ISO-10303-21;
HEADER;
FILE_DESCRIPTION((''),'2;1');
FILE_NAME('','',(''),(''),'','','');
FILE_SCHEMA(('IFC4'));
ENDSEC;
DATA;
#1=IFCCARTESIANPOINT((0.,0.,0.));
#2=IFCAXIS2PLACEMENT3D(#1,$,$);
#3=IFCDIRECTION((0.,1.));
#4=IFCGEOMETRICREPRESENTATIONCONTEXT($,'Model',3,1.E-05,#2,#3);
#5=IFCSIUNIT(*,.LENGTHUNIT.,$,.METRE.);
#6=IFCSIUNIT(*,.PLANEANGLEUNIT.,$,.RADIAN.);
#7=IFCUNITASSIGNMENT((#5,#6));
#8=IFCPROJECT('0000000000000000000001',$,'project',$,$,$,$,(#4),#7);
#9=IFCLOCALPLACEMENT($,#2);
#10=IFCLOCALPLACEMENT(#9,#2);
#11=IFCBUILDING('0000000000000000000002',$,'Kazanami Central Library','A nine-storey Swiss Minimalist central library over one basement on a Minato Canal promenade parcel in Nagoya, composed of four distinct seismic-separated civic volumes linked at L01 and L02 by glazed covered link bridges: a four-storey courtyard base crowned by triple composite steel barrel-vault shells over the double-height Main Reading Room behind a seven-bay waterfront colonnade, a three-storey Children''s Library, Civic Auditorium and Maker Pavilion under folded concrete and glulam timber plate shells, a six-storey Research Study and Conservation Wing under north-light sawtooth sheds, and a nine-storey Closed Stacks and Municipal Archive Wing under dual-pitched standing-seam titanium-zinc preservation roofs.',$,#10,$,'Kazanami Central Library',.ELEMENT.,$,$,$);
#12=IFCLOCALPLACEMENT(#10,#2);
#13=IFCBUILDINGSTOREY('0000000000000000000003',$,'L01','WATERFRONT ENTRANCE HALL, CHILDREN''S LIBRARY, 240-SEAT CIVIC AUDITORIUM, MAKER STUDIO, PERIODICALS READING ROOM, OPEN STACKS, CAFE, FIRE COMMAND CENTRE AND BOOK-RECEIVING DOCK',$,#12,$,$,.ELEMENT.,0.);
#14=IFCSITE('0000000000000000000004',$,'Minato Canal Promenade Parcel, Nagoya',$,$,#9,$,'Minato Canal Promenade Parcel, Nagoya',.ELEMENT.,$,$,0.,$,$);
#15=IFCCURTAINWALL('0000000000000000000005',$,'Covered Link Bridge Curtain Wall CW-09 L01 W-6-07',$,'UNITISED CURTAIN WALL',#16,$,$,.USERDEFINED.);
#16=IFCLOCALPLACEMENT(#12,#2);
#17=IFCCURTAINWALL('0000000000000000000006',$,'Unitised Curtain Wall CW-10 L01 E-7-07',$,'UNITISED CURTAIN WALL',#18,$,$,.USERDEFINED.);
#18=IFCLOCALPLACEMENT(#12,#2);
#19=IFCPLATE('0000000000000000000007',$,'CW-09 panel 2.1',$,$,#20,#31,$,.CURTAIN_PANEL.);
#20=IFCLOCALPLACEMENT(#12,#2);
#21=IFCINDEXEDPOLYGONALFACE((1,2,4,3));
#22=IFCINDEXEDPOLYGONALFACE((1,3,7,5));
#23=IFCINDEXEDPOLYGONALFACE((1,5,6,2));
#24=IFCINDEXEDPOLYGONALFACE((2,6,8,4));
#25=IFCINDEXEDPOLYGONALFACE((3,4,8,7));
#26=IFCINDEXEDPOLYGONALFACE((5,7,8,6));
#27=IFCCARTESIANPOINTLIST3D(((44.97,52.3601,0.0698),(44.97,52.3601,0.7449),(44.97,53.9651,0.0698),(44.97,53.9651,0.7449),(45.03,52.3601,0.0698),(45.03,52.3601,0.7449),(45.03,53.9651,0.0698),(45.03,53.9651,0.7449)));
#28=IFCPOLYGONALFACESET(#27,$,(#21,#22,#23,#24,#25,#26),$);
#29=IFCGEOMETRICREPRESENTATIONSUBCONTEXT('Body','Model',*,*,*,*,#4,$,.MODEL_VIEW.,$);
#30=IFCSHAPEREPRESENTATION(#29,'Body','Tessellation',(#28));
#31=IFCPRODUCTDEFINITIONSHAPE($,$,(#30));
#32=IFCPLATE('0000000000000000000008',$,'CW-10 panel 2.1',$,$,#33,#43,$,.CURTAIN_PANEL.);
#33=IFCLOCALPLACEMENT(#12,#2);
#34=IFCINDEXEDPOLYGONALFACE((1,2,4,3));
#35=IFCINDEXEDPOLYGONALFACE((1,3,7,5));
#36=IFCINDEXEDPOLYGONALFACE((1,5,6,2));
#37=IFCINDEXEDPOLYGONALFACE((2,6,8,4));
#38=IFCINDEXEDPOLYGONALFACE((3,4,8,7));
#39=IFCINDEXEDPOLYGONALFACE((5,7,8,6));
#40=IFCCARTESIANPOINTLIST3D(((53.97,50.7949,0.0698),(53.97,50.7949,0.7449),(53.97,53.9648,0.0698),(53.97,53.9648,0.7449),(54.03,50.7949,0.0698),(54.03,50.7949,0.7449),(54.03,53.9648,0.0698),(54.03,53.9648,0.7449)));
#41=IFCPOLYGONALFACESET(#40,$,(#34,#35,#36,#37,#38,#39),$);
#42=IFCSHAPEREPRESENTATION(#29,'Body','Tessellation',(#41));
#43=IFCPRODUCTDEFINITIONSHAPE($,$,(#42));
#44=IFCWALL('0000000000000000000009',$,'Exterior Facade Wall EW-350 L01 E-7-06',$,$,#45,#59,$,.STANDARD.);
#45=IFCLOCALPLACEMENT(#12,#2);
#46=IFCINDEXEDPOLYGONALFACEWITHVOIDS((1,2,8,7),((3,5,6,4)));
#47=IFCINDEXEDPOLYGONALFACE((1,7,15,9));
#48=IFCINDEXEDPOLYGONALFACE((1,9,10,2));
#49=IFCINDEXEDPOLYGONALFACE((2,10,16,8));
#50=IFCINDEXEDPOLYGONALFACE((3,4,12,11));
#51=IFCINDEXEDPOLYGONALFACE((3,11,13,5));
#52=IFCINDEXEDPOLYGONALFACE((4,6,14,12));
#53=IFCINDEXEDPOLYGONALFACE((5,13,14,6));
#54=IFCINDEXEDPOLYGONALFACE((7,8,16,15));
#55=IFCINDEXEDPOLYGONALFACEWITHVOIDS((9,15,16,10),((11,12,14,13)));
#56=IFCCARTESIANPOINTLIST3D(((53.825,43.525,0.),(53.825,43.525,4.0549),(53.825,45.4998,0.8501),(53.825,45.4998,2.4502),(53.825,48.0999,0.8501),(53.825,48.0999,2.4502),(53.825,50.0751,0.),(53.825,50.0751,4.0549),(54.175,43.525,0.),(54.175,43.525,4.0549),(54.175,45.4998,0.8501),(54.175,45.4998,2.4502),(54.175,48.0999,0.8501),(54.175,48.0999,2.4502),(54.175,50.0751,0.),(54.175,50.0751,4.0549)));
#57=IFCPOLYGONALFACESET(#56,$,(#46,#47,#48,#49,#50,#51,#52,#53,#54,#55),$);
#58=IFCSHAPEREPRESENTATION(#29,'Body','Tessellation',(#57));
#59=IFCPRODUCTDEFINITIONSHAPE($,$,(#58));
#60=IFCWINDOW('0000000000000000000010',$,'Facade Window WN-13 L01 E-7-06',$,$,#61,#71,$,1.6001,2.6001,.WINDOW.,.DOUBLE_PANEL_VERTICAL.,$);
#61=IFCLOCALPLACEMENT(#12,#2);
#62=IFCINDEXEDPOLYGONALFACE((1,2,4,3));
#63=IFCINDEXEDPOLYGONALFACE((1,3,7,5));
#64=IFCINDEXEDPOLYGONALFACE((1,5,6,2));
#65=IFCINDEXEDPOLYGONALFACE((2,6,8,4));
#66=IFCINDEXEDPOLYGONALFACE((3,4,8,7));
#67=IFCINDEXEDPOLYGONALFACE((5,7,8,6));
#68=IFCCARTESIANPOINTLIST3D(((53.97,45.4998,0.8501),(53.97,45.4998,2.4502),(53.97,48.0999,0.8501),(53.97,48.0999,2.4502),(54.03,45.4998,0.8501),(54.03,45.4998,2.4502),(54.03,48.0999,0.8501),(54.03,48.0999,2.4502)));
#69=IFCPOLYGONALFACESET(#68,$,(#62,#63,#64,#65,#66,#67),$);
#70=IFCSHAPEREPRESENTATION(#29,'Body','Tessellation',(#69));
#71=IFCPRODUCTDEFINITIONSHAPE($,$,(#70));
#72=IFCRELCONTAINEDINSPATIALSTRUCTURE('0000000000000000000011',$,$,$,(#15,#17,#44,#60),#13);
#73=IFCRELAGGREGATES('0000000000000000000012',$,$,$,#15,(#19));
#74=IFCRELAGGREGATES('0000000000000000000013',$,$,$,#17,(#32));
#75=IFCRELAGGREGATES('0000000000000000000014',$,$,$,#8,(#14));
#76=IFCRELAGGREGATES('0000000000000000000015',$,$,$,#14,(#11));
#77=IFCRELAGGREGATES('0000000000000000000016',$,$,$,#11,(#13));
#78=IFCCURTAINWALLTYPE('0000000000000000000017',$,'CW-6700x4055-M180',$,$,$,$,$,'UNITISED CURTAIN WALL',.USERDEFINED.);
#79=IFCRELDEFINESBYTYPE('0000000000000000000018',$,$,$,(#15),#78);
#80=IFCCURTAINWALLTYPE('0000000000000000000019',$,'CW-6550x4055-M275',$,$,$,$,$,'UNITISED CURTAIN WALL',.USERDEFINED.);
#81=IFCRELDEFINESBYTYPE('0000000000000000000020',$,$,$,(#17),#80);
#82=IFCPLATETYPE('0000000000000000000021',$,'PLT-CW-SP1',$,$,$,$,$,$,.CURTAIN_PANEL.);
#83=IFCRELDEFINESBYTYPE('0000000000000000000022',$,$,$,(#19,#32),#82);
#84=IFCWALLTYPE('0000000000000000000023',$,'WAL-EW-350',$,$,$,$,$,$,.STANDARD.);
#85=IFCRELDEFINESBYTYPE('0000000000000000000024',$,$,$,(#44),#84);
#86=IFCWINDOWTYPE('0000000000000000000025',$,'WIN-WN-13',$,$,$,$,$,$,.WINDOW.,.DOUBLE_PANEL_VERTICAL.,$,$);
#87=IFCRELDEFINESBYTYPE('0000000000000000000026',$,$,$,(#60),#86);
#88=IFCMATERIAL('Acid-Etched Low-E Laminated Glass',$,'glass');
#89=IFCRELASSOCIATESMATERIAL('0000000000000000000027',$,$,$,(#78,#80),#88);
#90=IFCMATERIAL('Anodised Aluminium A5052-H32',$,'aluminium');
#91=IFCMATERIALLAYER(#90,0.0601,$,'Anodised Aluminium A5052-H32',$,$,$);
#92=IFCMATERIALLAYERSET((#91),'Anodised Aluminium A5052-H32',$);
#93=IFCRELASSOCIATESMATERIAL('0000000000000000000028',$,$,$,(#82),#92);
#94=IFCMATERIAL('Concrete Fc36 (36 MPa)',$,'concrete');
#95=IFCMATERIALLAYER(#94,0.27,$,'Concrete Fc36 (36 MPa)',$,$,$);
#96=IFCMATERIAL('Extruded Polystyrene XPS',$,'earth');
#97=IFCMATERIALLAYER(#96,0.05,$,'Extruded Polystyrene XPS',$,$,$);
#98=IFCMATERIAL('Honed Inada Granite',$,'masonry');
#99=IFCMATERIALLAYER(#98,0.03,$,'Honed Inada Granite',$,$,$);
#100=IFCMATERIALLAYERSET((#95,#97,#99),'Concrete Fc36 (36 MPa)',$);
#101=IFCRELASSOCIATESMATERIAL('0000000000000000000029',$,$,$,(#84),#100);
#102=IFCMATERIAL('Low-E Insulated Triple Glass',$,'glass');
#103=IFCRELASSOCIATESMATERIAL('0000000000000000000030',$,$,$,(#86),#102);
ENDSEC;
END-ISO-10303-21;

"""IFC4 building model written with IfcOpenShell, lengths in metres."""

from ifc_helpers import new_model, si_unit, direction, frame, frame_2d, origin, origin_2d, place, context, subcontext, project, spatial, rectangle, extrude, material, layer, layer_set, type_object, element, fill, aggregate, save


model = new_model("IFC4")

# Units and contexts
model_context = context("Model", 3, precision=1e-05, world=origin(), true_north=direction((0.0, 1.0)))
body_context = subcontext(model_context, "Body", "Model", "MODEL_VIEW")
ifc_project = project(units=[si_unit("LENGTHUNIT", "METRE"), si_unit("PLANEANGLEUNIT", "RADIAN")], contexts=[model_context])

# Site, building, storey
site_placement = place(None, origin())
site = spatial("IfcSite", under=ifc_project, at=site_placement, Name="Minato Canal Promenade Parcel, Nagoya", LongName="Minato Canal Promenade Parcel, Nagoya", CompositionType="ELEMENT", RefElevation=0.0)
building_placement = place(site_placement, origin())
building = spatial("IfcBuilding", under=site, at=building_placement, Name="Kazanami Central Library", Description="A nine-storey Swiss Minimalist central library over one basement on a Minato Canal promenade parcel in Nagoya, composed of four distinct seismic-separated civic volumes linked at L01 and L02 by glazed covered link bridges: a four-storey courtyard base crowned by triple composite steel barrel-vault shells over the double-height Main Reading Room behind a seven-bay waterfront colonnade, a three-storey Children's Library, Civic Auditorium and Maker Pavilion under folded concrete and glulam timber plate shells, a six-storey Research Study and Conservation Wing under north-light sawtooth sheds, and a nine-storey Closed Stacks and Municipal Archive Wing under dual-pitched standing-seam titanium-zinc preservation roofs.", LongName="Kazanami Central Library", CompositionType="ELEMENT")
storey_placement = place(building_placement, origin())
storey = spatial("IfcBuildingStorey", under=building, at=storey_placement, Name="L01", Description="WATERFRONT ENTRANCE HALL, CHILDREN'S LIBRARY, 240-SEAT CIVIC AUDITORIUM, MAKER STUDIO, PERIODICALS READING ROOM, OPEN STACKS, CAFE, FIRE COMMAND CENTRE AND BOOK-RECEIVING DOCK", CompositionType="ELEMENT", Elevation=0.0)

# Curtain wall
ifc_material_1 = material(Name="Acid-Etched Low-E Laminated Glass", Category="glass")
curtain_wall_type_1 = type_object("IfcCurtainWallType", Name="CW-6700x4055-M180", ElementType="UNITISED CURTAIN WALL", PredefinedType="USERDEFINED", material=ifc_material_1)
curtain_wall_1_placement = place(storey_placement, origin())
curtain_wall_1 = element("IfcCurtainWall", 1, at=curtain_wall_1_placement, inside=storey, type_object=curtain_wall_type_1, Name="Covered Link Bridge Curtain Wall CW-09 L01 W-6-07", ObjectType="UNITISED CURTAIN WALL", PredefinedType="USERDEFINED")

# Curtain wall
curtain_wall_type_2 = type_object("IfcCurtainWallType", Name="CW-6550x4055-M275", ElementType="UNITISED CURTAIN WALL", PredefinedType="USERDEFINED", material=ifc_material_1)
curtain_wall_2_placement = place(storey_placement, origin())
curtain_wall_2 = element("IfcCurtainWall", 2, at=curtain_wall_2_placement, inside=storey, type_object=curtain_wall_type_2, Name="Unitised Curtain Wall CW-10 L01 E-7-07", ObjectType="UNITISED CURTAIN WALL", PredefinedType="USERDEFINED")

# Plates
ifc_material_2 = material(Name="Low-E Insulated Triple Glass", Category="glass")
ifc_material_3 = material(Name="Anodised Aluminium A5052-H32", Category="aluminium")
ifc_layer_1 = layer(ifc_material_3, 0.0601, Name="Anodised Aluminium A5052-H32")
ifc_layer_set_1 = layer_set([ifc_layer_1], Name="Anodised Aluminium A5052-H32")
plate_type_1 = type_object("IfcPlateType", Name="PLT-CW-SP1", PredefinedType="CURTAIN_PANEL", material=ifc_layer_set_1)
plate_1_placement = place(storey_placement, frame((45.0, 53.1626, 0.0698), z_axis=(0.0, 0.0, 1.0), x_axis=(0.0, 1.0, 0.0)))
plate_1 = element("IfcPlate", 3, at=plate_1_placement, type_object=plate_type_1, Name="CW-09 panel 2.1", PredefinedType="CURTAIN_PANEL", context=body_context, shape_type="SweptSolid", body=[
    extrude(rectangle(XDim=1.605, YDim=0.0601, at=origin_2d()), origin(), (0.0, 0.0, 1.0), 0.675),
])
aggregate(curtain_wall_1, [plate_1])
plate_2_placement = place(storey_placement, frame((54.0, 52.3799, 0.0698), z_axis=(0.0, 0.0, 1.0), x_axis=(0.0, -1.0, 0.0)))
plate_2 = element("IfcPlate", 4, at=plate_2_placement, type_object=plate_type_1, Name="CW-10 panel 2.1", PredefinedType="CURTAIN_PANEL", context=body_context, shape_type="SweptSolid", body=[
    extrude(rectangle(XDim=3.1699, YDim=0.0601, at=origin_2d()), origin(), (0.0, 0.0, 1.0), 0.675),
])
aggregate(curtain_wall_2, [plate_2])

# Wall, opening, window
ifc_material_4 = material(Name="Concrete Fc36 (36 MPa)", Category="concrete")
ifc_layer_2 = layer(ifc_material_4, 0.27, Name="Concrete Fc36 (36 MPa)")
ifc_material_5 = material(Name="Extruded Polystyrene XPS", Category="earth")
ifc_layer_3 = layer(ifc_material_5, 0.05, Name="Extruded Polystyrene XPS")
ifc_material_6 = material(Name="Honed Inada Granite", Category="masonry")
ifc_layer_4 = layer(ifc_material_6, 0.03, Name="Honed Inada Granite")
ifc_layer_set_2 = layer_set([ifc_layer_2, ifc_layer_3, ifc_layer_4], Name="Concrete Fc36 (36 MPa)")
wall_type = type_object("IfcWallType", Name="WAL-EW-350", PredefinedType="STANDARD", material=ifc_layer_set_2)
wall_placement = place(storey_placement, frame((54.0, 50.075, 0.0), z_axis=(0.0, 0.0, 1.0), x_axis=(0.0, -1.0, 0.0)))
wall = element("IfcWall", 5, at=wall_placement, inside=storey, type_object=wall_type, Name="Exterior Facade Wall EW-350 L01 E-7-06", PredefinedType="STANDARD", context=body_context, shape_type="SweptSolid", body=[
    extrude(rectangle(XDim=6.55, YDim=0.3501, at=frame_2d((3.2749, 0.0))), origin(), (0.0, 0.0, 1.0), 4.0549),
])
opening_placement = place(wall_placement, frame((1.9751, 0.0, 0.8501)))
opening = element("IfcOpeningElement", 6, at=opening_placement, cuts=wall, PredefinedType="OPENING", context=body_context, shape_type="SweptSolid", body=[
    extrude(rectangle(XDim=2.6001, YDim=1.6001, at=frame_2d((1.3, 0.8))), frame((0.0, 0.187, 0.0), z_axis=(0.0, -1.0, 0.0), x_axis=(1.0, 0.0, 0.0)), (0.0, 0.0, 1.0), 0.374),
])
window_type = type_object("IfcWindowType", Name="WIN-WN-13", PartitioningType="DOUBLE_PANEL_VERTICAL", PredefinedType="WINDOW", material=ifc_material_2)
window_placement = place(opening_placement, origin())
window = element("IfcWindow", 7, at=window_placement, inside=storey, type_object=window_type, Name="Facade Window WN-13 L01 E-7-06", OverallHeight=1.6001, OverallWidth=2.6001, PartitioningType="DOUBLE_PANEL_VERTICAL", PredefinedType="WINDOW", context=body_context, shape_type="SweptSolid", body=[
    extrude(rectangle(XDim=2.6001, YDim=1.6001, at=frame_2d((1.3, 0.8))), frame((0.0, 0.03, 0.0), z_axis=(0.0, -1.0, 0.0), x_axis=(1.0, 0.0, 0.0)), (0.0, 0.0, 1.0), 0.0601),
])
fill(opening, window)

save(model, "model.ifc")
